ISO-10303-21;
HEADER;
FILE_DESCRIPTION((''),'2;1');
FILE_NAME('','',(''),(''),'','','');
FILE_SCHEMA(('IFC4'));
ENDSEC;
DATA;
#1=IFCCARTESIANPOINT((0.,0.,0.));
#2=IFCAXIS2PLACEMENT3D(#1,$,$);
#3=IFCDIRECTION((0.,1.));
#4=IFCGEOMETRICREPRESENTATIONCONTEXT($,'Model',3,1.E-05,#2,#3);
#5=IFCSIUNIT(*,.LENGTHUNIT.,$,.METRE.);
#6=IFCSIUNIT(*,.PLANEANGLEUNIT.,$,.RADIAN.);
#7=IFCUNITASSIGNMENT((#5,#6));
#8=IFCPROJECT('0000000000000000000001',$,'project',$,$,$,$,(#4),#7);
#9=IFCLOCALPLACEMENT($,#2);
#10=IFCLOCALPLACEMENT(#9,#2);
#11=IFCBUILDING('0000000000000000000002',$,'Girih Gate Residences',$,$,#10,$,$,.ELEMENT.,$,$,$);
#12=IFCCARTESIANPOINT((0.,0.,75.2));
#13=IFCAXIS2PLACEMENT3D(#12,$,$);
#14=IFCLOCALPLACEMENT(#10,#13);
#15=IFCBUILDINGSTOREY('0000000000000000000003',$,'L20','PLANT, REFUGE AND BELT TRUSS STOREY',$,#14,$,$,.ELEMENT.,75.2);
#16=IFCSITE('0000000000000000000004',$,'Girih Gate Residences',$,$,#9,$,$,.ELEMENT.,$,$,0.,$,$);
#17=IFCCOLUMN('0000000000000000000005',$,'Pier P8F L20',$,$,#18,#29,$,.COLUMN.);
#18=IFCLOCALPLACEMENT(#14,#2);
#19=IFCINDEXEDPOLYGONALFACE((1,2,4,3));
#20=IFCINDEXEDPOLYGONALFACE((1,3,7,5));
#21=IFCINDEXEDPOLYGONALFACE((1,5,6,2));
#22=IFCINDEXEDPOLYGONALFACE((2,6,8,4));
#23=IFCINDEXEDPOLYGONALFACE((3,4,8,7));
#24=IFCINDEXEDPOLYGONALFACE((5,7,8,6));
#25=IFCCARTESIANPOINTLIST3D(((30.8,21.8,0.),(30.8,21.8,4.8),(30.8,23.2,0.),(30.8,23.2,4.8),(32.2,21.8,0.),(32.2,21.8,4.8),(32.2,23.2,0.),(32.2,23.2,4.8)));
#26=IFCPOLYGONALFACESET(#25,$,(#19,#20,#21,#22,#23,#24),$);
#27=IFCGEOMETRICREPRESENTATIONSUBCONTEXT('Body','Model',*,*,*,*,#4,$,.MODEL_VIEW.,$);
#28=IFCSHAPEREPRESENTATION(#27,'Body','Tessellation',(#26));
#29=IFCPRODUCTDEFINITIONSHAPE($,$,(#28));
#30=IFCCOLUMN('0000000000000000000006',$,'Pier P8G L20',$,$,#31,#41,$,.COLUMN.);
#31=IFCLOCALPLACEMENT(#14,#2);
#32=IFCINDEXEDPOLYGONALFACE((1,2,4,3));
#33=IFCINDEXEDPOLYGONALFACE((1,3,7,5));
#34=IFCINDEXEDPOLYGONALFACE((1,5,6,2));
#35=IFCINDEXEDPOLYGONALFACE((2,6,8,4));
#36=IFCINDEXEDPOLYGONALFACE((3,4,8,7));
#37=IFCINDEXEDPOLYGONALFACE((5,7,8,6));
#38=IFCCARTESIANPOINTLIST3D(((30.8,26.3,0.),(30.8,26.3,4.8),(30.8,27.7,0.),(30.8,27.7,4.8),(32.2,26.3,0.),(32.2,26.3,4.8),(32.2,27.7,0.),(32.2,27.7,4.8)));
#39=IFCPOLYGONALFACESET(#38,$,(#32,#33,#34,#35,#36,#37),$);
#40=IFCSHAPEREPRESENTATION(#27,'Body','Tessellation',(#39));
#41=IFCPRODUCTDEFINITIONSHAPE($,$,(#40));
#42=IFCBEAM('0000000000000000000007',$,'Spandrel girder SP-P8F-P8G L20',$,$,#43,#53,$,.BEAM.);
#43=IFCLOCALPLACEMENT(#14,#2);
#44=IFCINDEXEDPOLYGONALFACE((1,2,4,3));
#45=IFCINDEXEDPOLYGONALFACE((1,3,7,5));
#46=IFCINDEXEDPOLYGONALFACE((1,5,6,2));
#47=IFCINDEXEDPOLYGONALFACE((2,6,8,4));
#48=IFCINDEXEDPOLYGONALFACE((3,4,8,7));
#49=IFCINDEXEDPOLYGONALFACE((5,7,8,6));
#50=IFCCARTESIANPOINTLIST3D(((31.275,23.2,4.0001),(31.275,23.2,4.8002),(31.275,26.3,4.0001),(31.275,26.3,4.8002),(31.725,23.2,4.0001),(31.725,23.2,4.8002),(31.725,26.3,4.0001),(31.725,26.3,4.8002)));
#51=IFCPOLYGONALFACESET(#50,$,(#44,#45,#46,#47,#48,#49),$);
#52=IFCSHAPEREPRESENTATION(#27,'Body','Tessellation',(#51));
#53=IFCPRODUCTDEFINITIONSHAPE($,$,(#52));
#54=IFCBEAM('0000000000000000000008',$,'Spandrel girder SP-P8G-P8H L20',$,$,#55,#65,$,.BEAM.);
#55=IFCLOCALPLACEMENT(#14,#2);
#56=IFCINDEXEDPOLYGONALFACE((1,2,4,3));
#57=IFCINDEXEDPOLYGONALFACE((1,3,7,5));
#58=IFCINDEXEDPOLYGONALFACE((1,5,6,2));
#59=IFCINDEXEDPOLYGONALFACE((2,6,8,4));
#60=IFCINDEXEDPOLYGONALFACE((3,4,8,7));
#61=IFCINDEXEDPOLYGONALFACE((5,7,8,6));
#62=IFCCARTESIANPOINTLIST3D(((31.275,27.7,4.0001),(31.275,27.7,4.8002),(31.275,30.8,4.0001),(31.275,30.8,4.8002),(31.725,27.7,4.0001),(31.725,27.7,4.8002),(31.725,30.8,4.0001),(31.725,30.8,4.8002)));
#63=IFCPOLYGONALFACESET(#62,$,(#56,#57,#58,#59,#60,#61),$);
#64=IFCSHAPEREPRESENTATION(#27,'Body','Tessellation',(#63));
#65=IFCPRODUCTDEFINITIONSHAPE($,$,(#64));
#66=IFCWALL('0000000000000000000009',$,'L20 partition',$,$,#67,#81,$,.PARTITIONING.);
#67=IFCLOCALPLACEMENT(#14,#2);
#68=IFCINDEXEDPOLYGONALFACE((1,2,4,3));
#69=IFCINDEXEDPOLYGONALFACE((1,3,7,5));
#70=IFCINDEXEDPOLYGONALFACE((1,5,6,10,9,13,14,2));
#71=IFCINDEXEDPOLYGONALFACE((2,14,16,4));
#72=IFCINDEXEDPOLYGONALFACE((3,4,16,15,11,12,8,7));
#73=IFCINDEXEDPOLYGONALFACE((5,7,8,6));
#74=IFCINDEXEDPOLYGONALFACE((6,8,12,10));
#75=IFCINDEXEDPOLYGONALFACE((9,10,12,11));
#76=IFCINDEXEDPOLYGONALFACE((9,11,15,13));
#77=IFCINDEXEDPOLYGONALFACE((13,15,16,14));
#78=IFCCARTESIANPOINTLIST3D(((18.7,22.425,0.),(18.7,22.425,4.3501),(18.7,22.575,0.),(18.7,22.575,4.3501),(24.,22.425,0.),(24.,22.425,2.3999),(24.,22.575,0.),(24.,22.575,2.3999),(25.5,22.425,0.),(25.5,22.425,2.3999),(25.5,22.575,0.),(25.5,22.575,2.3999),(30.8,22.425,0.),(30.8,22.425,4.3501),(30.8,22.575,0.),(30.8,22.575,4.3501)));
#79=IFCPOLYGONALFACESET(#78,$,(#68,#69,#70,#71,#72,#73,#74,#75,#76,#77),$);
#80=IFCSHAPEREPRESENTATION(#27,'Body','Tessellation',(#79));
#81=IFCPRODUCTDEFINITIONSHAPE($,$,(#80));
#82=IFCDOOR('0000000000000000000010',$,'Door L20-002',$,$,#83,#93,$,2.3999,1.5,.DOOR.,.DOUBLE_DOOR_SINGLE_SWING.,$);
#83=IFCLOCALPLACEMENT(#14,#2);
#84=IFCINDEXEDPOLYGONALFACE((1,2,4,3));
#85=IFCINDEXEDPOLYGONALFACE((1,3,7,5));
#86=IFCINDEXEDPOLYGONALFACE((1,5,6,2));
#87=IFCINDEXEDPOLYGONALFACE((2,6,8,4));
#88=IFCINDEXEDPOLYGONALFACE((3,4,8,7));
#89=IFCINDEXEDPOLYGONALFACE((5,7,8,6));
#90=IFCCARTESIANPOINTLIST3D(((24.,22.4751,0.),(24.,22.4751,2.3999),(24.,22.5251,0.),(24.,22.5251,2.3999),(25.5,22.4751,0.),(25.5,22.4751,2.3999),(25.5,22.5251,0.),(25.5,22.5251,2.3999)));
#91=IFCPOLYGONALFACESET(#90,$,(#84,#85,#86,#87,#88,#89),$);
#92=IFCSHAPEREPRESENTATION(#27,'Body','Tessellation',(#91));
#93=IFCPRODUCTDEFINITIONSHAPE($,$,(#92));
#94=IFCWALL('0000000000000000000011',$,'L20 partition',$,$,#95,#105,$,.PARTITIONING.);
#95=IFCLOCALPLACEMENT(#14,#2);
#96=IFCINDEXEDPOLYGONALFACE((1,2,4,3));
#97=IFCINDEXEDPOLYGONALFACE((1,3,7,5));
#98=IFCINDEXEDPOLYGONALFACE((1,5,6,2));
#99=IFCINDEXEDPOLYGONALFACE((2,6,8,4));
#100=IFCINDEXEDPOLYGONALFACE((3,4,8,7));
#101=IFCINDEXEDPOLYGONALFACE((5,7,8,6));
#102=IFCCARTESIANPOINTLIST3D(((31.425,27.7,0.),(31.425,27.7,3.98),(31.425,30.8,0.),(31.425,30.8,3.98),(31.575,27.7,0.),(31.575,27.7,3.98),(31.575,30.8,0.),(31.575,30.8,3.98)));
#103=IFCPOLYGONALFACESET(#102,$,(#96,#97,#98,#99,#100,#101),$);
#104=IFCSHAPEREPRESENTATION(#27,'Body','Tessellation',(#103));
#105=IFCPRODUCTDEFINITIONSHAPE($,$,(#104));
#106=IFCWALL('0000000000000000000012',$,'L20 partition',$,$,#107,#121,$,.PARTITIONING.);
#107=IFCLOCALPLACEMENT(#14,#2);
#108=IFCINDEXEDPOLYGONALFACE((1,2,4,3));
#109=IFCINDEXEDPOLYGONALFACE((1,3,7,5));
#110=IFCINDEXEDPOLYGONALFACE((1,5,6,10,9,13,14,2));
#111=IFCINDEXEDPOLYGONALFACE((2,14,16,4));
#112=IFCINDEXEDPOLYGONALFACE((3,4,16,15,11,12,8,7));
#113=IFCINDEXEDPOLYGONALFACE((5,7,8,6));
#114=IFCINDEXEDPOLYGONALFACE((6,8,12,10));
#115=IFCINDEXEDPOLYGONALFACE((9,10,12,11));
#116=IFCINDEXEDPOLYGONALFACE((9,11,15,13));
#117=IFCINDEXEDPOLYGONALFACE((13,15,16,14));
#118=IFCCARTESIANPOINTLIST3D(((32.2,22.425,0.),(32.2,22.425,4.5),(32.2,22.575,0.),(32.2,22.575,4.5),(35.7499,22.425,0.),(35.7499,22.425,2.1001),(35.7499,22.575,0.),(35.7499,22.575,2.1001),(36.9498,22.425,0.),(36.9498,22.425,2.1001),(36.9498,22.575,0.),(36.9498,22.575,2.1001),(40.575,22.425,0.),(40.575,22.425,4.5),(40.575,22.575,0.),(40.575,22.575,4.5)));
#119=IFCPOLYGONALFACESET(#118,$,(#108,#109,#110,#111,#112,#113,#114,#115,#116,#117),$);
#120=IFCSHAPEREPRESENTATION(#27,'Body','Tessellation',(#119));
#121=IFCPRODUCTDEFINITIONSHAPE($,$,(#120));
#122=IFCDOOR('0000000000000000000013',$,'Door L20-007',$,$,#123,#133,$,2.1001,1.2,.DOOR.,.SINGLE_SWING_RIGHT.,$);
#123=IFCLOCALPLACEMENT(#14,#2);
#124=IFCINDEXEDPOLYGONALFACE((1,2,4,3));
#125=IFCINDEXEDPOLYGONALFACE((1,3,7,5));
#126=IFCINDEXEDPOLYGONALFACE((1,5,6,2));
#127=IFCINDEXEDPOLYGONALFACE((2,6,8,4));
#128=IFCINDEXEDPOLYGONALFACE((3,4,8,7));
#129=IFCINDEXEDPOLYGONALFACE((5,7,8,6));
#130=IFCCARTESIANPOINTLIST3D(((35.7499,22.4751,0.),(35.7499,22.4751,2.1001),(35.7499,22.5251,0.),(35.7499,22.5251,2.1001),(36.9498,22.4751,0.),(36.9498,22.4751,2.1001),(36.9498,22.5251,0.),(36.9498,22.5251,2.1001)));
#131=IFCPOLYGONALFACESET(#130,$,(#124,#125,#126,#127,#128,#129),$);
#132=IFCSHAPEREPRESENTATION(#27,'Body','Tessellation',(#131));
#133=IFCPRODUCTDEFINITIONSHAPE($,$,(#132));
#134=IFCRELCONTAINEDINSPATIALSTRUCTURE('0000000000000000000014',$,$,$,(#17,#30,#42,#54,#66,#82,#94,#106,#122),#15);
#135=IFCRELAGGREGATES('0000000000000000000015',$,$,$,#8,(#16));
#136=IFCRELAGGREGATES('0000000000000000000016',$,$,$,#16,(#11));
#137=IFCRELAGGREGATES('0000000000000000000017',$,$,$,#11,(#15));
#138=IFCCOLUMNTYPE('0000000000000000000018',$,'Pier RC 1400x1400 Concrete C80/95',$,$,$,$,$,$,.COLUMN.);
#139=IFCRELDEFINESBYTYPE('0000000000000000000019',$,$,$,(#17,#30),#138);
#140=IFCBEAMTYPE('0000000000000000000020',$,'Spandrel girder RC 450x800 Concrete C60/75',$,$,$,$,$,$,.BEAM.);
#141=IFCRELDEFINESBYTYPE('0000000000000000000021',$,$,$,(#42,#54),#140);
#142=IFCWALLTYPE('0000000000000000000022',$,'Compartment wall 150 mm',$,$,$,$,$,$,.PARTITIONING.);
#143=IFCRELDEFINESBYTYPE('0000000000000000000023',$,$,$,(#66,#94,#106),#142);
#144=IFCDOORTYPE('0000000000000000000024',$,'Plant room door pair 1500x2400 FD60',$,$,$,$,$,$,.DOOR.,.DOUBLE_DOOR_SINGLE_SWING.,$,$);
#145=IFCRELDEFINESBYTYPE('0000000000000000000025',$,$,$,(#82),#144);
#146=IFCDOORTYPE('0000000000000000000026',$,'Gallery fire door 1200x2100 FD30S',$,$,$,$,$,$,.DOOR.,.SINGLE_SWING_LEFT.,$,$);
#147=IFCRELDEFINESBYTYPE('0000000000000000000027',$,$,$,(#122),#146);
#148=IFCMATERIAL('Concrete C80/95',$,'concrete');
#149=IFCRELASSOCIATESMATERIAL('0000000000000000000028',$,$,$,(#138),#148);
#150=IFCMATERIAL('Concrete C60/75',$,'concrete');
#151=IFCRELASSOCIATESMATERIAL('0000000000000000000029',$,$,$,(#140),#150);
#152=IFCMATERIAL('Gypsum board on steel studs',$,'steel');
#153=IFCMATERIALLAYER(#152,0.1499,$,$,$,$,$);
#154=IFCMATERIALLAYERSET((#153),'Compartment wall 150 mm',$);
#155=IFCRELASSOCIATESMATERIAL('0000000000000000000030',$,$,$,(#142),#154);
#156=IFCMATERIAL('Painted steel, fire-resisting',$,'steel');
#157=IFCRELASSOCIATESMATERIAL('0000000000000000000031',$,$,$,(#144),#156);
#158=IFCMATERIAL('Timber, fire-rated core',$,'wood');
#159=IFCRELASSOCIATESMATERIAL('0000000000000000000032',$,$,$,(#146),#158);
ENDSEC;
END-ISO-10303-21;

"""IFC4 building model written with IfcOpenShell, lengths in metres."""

from ifc_helpers import new_model, si_unit, direction, frame, frame_2d, origin, origin_2d, place, context, subcontext, project, spatial, rectangle, extrude, material, layer, layer_set, material_profile, profile_set, type_object, element, fill, save


model = new_model("IFC4")

# Units and contexts
model_context = context("Model", 3, precision=1e-05, world=origin(), true_north=direction((0.0, 1.0)))
body_context = subcontext(model_context, "Body", "Model", "MODEL_VIEW")
ifc_project = project(units=[si_unit("LENGTHUNIT", "METRE"), si_unit("PLANEANGLEUNIT", "RADIAN")], contexts=[model_context])

# Site, building, storey
site_placement = place(None, origin())
site = spatial("IfcSite", under=ifc_project, at=site_placement, Name="Girih Gate Residences", CompositionType="ELEMENT", RefElevation=0.0)
building_placement = place(site_placement, origin())
building = spatial("IfcBuilding", under=site, at=building_placement, Name="Girih Gate Residences", CompositionType="ELEMENT")
storey_placement = place(building_placement, frame((0.0, 0.0, 75.2)))
storey = spatial("IfcBuildingStorey", under=building, at=storey_placement, Name="L20", Description="PLANT, REFUGE AND BELT TRUSS STOREY", CompositionType="ELEMENT", Elevation=75.2)

# Columns
ifc_material_1 = material(Name="Concrete C80/95", Category="concrete")
ifc_material_profile_1 = material_profile(ifc_material_1, rectangle(XDim=1.3999, YDim=1.3999, at=origin_2d()))
ifc_profile_set_1 = profile_set([ifc_material_profile_1], Name="Concrete C80/95")
column_type = type_object("IfcColumnType", Name="Pier RC 1400x1400 Concrete C80/95", PredefinedType="COLUMN", material=ifc_profile_set_1)
for number, where, z_axis, x_axis, name in (
    (1, (31.5, 22.5, 0.0), (0.0, 0.0, 1.0), (1.0, 0.0, 0.0), "Pier P8F L20"),
    (2, (31.5, 27.0, 0.0), (0.0, 0.0, 1.0), (1.0, 0.0, 0.0), "Pier P8G L20"),
):
    element("IfcColumn", number, at=place(storey_placement, frame(where, z_axis=z_axis, x_axis=x_axis)), inside=storey, type_object=column_type, Name=name, PredefinedType="COLUMN", context=body_context, shape_type="SweptSolid", body=[
        extrude(rectangle(XDim=1.3999, YDim=1.3999, at=origin_2d()), origin(), (0.0, 0.0, 1.0), 4.8),
    ])

# Beams
ifc_material_2 = material(Name="Concrete C60/75", Category="concrete")
ifc_material_profile_2 = material_profile(ifc_material_2, rectangle(XDim=0.45, YDim=0.8, at=origin_2d()))
ifc_profile_set_2 = profile_set([ifc_material_profile_2], Name="Concrete C60/75")
beam_type = type_object("IfcBeamType", Name="Spandrel girder RC 450x800 Concrete C60/75", PredefinedType="BEAM", material=ifc_profile_set_2)
for number, where, z_axis, x_axis, name in (
    (3, (31.5, 23.2, 4.4001), (0.0, 1.0, 0.0), (-1.0, 0.0, 0.0), "Spandrel girder SP-P8F-P8G L20"),
    (4, (31.5, 27.7, 4.4001), (0.0, 1.0, 0.0), (-1.0, 0.0, 0.0), "Spandrel girder SP-P8G-P8H L20"),
):
    element("IfcBeam", number, at=place(storey_placement, frame(where, z_axis=z_axis, x_axis=x_axis)), inside=storey, type_object=beam_type, Name=name, PredefinedType="BEAM", context=body_context, shape_type="SweptSolid", body=[
        extrude(rectangle(XDim=0.45, YDim=0.8, at=origin_2d()), origin(), (0.0, 0.0, 1.0), 3.1001),
    ])

# Wall, opening, door
ifc_material_3 = material(Name="Gypsum board on steel studs", Category="steel")
ifc_layer_1 = layer(ifc_material_3, 0.1499)
ifc_layer_set_1 = layer_set([ifc_layer_1], Name="Compartment wall 150 mm")
wall_type_1 = type_object("IfcWallType", Name="Compartment wall 150 mm", PredefinedType="PARTITIONING", material=ifc_layer_set_1)
wall_1_placement = place(storey_placement, frame((30.8, 22.5, 0.0), z_axis=(0.0, 0.0, 1.0), x_axis=(-1.0, 0.0, 0.0)))
wall_1 = element("IfcWall", 5, at=wall_1_placement, inside=storey, type_object=wall_type_1, Name="L20 partition", PredefinedType="PARTITIONING", context=body_context, shape_type="SweptSolid", body=[
    extrude(rectangle(XDim=12.1001, YDim=0.1499, at=frame_2d((6.05, 0.0))), origin(), (0.0, 0.0, 1.0), 4.3501),
])
opening_1_placement = place(wall_1_placement, frame((5.3, 0.0, 0.0)))
opening_1 = element("IfcOpeningElement", 6, at=opening_1_placement, cuts=wall_1, PredefinedType="OPENING", context=body_context, shape_type="SweptSolid", body=[
    extrude(rectangle(XDim=1.5, YDim=2.3999, at=frame_2d((0.75, 1.2))), frame((0.0, 0.085, 0.0), z_axis=(0.0, -1.0, 0.0), x_axis=(1.0, 0.0, 0.0)), (0.0, 0.0, 1.0), 0.1699),
])
ifc_material_4 = material(Name="Painted steel, fire-resisting", Category="steel")
door_type_1 = type_object("IfcDoorType", Name="Plant room door pair 1500x2400 FD60", OperationType="DOUBLE_DOOR_SINGLE_SWING", PredefinedType="DOOR", material=ifc_material_4)
door_1_placement = place(opening_1_placement, origin())
door_1 = element("IfcDoor", 7, at=door_1_placement, inside=storey, type_object=door_type_1, Name="Door L20-002", OperationType="DOUBLE_DOOR_SINGLE_SWING", OverallHeight=2.3999, OverallWidth=1.5, PredefinedType="DOOR", context=body_context, shape_type="SweptSolid", body=[
    extrude(rectangle(XDim=1.5, YDim=2.3999, at=frame_2d((0.75, 1.2))), frame((0.0, 0.0249, 0.0), z_axis=(0.0, -1.0, 0.0), x_axis=(1.0, 0.0, 0.0)), (0.0, 0.0, 1.0), 0.05),
])
fill(opening_1, door_1)

# Wall
wall_2_placement = place(storey_placement, frame((31.5, 27.7, 0.0), z_axis=(0.0, 0.0, 1.0), x_axis=(0.0, 1.0, 0.0)))
element("IfcWall", 8, at=wall_2_placement, inside=storey, type_object=wall_type_1, Name="L20 partition", PredefinedType="PARTITIONING", context=body_context, shape_type="SweptSolid", body=[
    extrude(rectangle(XDim=3.1001, YDim=0.1499, at=frame_2d((1.55, 0.0))), origin(), (0.0, 0.0, 1.0), 3.98),
])

# Wall, opening, door
wall_3_placement = place(storey_placement, frame((40.575, 22.5, 0.0), z_axis=(0.0, 0.0, 1.0), x_axis=(-1.0, 0.0, 0.0)))
wall_3 = element("IfcWall", 9, at=wall_3_placement, inside=storey, type_object=wall_type_1, Name="L20 partition", PredefinedType="PARTITIONING", context=body_context, shape_type="SweptSolid", body=[
    extrude(rectangle(XDim=8.375, YDim=0.1499, at=frame_2d((4.1875, 0.0))), origin(), (0.0, 0.0, 1.0), 4.5),
])
opening_2_placement = place(wall_3_placement, frame((3.625, 0.0, 0.0)))
opening_2 = element("IfcOpeningElement", 10, at=opening_2_placement, cuts=wall_3, PredefinedType="OPENING", context=body_context, shape_type="SweptSolid", body=[
    extrude(rectangle(XDim=1.2, YDim=2.1001, at=frame_2d((0.6001, 1.05))), frame((0.0, 0.085, 0.0), z_axis=(0.0, -1.0, 0.0), x_axis=(1.0, 0.0, 0.0)), (0.0, 0.0, 1.0), 0.1699),
])
ifc_material_5 = material(Name="Timber, fire-rated core", Category="wood")
door_type_2 = type_object("IfcDoorType", Name="Gallery fire door 1200x2100 FD30S", OperationType="SINGLE_SWING_LEFT", PredefinedType="DOOR", material=ifc_material_5)
door_2_placement = place(opening_2_placement, origin())
door_2 = element("IfcDoor", 11, at=door_2_placement, inside=storey, type_object=door_type_2, Name="Door L20-007", OperationType="SINGLE_SWING_RIGHT", OverallHeight=2.1001, OverallWidth=1.2, PredefinedType="DOOR", context=body_context, shape_type="SweptSolid", body=[
    extrude(rectangle(XDim=1.2, YDim=2.1001, at=frame_2d((0.6001, 1.05))), frame((0.0, 0.0249, 0.0), z_axis=(0.0, -1.0, 0.0), x_axis=(1.0, 0.0, 0.0)), (0.0, 0.0, 1.0), 0.05),
])
fill(opening_2, door_2)

save(model, "model.ifc")
